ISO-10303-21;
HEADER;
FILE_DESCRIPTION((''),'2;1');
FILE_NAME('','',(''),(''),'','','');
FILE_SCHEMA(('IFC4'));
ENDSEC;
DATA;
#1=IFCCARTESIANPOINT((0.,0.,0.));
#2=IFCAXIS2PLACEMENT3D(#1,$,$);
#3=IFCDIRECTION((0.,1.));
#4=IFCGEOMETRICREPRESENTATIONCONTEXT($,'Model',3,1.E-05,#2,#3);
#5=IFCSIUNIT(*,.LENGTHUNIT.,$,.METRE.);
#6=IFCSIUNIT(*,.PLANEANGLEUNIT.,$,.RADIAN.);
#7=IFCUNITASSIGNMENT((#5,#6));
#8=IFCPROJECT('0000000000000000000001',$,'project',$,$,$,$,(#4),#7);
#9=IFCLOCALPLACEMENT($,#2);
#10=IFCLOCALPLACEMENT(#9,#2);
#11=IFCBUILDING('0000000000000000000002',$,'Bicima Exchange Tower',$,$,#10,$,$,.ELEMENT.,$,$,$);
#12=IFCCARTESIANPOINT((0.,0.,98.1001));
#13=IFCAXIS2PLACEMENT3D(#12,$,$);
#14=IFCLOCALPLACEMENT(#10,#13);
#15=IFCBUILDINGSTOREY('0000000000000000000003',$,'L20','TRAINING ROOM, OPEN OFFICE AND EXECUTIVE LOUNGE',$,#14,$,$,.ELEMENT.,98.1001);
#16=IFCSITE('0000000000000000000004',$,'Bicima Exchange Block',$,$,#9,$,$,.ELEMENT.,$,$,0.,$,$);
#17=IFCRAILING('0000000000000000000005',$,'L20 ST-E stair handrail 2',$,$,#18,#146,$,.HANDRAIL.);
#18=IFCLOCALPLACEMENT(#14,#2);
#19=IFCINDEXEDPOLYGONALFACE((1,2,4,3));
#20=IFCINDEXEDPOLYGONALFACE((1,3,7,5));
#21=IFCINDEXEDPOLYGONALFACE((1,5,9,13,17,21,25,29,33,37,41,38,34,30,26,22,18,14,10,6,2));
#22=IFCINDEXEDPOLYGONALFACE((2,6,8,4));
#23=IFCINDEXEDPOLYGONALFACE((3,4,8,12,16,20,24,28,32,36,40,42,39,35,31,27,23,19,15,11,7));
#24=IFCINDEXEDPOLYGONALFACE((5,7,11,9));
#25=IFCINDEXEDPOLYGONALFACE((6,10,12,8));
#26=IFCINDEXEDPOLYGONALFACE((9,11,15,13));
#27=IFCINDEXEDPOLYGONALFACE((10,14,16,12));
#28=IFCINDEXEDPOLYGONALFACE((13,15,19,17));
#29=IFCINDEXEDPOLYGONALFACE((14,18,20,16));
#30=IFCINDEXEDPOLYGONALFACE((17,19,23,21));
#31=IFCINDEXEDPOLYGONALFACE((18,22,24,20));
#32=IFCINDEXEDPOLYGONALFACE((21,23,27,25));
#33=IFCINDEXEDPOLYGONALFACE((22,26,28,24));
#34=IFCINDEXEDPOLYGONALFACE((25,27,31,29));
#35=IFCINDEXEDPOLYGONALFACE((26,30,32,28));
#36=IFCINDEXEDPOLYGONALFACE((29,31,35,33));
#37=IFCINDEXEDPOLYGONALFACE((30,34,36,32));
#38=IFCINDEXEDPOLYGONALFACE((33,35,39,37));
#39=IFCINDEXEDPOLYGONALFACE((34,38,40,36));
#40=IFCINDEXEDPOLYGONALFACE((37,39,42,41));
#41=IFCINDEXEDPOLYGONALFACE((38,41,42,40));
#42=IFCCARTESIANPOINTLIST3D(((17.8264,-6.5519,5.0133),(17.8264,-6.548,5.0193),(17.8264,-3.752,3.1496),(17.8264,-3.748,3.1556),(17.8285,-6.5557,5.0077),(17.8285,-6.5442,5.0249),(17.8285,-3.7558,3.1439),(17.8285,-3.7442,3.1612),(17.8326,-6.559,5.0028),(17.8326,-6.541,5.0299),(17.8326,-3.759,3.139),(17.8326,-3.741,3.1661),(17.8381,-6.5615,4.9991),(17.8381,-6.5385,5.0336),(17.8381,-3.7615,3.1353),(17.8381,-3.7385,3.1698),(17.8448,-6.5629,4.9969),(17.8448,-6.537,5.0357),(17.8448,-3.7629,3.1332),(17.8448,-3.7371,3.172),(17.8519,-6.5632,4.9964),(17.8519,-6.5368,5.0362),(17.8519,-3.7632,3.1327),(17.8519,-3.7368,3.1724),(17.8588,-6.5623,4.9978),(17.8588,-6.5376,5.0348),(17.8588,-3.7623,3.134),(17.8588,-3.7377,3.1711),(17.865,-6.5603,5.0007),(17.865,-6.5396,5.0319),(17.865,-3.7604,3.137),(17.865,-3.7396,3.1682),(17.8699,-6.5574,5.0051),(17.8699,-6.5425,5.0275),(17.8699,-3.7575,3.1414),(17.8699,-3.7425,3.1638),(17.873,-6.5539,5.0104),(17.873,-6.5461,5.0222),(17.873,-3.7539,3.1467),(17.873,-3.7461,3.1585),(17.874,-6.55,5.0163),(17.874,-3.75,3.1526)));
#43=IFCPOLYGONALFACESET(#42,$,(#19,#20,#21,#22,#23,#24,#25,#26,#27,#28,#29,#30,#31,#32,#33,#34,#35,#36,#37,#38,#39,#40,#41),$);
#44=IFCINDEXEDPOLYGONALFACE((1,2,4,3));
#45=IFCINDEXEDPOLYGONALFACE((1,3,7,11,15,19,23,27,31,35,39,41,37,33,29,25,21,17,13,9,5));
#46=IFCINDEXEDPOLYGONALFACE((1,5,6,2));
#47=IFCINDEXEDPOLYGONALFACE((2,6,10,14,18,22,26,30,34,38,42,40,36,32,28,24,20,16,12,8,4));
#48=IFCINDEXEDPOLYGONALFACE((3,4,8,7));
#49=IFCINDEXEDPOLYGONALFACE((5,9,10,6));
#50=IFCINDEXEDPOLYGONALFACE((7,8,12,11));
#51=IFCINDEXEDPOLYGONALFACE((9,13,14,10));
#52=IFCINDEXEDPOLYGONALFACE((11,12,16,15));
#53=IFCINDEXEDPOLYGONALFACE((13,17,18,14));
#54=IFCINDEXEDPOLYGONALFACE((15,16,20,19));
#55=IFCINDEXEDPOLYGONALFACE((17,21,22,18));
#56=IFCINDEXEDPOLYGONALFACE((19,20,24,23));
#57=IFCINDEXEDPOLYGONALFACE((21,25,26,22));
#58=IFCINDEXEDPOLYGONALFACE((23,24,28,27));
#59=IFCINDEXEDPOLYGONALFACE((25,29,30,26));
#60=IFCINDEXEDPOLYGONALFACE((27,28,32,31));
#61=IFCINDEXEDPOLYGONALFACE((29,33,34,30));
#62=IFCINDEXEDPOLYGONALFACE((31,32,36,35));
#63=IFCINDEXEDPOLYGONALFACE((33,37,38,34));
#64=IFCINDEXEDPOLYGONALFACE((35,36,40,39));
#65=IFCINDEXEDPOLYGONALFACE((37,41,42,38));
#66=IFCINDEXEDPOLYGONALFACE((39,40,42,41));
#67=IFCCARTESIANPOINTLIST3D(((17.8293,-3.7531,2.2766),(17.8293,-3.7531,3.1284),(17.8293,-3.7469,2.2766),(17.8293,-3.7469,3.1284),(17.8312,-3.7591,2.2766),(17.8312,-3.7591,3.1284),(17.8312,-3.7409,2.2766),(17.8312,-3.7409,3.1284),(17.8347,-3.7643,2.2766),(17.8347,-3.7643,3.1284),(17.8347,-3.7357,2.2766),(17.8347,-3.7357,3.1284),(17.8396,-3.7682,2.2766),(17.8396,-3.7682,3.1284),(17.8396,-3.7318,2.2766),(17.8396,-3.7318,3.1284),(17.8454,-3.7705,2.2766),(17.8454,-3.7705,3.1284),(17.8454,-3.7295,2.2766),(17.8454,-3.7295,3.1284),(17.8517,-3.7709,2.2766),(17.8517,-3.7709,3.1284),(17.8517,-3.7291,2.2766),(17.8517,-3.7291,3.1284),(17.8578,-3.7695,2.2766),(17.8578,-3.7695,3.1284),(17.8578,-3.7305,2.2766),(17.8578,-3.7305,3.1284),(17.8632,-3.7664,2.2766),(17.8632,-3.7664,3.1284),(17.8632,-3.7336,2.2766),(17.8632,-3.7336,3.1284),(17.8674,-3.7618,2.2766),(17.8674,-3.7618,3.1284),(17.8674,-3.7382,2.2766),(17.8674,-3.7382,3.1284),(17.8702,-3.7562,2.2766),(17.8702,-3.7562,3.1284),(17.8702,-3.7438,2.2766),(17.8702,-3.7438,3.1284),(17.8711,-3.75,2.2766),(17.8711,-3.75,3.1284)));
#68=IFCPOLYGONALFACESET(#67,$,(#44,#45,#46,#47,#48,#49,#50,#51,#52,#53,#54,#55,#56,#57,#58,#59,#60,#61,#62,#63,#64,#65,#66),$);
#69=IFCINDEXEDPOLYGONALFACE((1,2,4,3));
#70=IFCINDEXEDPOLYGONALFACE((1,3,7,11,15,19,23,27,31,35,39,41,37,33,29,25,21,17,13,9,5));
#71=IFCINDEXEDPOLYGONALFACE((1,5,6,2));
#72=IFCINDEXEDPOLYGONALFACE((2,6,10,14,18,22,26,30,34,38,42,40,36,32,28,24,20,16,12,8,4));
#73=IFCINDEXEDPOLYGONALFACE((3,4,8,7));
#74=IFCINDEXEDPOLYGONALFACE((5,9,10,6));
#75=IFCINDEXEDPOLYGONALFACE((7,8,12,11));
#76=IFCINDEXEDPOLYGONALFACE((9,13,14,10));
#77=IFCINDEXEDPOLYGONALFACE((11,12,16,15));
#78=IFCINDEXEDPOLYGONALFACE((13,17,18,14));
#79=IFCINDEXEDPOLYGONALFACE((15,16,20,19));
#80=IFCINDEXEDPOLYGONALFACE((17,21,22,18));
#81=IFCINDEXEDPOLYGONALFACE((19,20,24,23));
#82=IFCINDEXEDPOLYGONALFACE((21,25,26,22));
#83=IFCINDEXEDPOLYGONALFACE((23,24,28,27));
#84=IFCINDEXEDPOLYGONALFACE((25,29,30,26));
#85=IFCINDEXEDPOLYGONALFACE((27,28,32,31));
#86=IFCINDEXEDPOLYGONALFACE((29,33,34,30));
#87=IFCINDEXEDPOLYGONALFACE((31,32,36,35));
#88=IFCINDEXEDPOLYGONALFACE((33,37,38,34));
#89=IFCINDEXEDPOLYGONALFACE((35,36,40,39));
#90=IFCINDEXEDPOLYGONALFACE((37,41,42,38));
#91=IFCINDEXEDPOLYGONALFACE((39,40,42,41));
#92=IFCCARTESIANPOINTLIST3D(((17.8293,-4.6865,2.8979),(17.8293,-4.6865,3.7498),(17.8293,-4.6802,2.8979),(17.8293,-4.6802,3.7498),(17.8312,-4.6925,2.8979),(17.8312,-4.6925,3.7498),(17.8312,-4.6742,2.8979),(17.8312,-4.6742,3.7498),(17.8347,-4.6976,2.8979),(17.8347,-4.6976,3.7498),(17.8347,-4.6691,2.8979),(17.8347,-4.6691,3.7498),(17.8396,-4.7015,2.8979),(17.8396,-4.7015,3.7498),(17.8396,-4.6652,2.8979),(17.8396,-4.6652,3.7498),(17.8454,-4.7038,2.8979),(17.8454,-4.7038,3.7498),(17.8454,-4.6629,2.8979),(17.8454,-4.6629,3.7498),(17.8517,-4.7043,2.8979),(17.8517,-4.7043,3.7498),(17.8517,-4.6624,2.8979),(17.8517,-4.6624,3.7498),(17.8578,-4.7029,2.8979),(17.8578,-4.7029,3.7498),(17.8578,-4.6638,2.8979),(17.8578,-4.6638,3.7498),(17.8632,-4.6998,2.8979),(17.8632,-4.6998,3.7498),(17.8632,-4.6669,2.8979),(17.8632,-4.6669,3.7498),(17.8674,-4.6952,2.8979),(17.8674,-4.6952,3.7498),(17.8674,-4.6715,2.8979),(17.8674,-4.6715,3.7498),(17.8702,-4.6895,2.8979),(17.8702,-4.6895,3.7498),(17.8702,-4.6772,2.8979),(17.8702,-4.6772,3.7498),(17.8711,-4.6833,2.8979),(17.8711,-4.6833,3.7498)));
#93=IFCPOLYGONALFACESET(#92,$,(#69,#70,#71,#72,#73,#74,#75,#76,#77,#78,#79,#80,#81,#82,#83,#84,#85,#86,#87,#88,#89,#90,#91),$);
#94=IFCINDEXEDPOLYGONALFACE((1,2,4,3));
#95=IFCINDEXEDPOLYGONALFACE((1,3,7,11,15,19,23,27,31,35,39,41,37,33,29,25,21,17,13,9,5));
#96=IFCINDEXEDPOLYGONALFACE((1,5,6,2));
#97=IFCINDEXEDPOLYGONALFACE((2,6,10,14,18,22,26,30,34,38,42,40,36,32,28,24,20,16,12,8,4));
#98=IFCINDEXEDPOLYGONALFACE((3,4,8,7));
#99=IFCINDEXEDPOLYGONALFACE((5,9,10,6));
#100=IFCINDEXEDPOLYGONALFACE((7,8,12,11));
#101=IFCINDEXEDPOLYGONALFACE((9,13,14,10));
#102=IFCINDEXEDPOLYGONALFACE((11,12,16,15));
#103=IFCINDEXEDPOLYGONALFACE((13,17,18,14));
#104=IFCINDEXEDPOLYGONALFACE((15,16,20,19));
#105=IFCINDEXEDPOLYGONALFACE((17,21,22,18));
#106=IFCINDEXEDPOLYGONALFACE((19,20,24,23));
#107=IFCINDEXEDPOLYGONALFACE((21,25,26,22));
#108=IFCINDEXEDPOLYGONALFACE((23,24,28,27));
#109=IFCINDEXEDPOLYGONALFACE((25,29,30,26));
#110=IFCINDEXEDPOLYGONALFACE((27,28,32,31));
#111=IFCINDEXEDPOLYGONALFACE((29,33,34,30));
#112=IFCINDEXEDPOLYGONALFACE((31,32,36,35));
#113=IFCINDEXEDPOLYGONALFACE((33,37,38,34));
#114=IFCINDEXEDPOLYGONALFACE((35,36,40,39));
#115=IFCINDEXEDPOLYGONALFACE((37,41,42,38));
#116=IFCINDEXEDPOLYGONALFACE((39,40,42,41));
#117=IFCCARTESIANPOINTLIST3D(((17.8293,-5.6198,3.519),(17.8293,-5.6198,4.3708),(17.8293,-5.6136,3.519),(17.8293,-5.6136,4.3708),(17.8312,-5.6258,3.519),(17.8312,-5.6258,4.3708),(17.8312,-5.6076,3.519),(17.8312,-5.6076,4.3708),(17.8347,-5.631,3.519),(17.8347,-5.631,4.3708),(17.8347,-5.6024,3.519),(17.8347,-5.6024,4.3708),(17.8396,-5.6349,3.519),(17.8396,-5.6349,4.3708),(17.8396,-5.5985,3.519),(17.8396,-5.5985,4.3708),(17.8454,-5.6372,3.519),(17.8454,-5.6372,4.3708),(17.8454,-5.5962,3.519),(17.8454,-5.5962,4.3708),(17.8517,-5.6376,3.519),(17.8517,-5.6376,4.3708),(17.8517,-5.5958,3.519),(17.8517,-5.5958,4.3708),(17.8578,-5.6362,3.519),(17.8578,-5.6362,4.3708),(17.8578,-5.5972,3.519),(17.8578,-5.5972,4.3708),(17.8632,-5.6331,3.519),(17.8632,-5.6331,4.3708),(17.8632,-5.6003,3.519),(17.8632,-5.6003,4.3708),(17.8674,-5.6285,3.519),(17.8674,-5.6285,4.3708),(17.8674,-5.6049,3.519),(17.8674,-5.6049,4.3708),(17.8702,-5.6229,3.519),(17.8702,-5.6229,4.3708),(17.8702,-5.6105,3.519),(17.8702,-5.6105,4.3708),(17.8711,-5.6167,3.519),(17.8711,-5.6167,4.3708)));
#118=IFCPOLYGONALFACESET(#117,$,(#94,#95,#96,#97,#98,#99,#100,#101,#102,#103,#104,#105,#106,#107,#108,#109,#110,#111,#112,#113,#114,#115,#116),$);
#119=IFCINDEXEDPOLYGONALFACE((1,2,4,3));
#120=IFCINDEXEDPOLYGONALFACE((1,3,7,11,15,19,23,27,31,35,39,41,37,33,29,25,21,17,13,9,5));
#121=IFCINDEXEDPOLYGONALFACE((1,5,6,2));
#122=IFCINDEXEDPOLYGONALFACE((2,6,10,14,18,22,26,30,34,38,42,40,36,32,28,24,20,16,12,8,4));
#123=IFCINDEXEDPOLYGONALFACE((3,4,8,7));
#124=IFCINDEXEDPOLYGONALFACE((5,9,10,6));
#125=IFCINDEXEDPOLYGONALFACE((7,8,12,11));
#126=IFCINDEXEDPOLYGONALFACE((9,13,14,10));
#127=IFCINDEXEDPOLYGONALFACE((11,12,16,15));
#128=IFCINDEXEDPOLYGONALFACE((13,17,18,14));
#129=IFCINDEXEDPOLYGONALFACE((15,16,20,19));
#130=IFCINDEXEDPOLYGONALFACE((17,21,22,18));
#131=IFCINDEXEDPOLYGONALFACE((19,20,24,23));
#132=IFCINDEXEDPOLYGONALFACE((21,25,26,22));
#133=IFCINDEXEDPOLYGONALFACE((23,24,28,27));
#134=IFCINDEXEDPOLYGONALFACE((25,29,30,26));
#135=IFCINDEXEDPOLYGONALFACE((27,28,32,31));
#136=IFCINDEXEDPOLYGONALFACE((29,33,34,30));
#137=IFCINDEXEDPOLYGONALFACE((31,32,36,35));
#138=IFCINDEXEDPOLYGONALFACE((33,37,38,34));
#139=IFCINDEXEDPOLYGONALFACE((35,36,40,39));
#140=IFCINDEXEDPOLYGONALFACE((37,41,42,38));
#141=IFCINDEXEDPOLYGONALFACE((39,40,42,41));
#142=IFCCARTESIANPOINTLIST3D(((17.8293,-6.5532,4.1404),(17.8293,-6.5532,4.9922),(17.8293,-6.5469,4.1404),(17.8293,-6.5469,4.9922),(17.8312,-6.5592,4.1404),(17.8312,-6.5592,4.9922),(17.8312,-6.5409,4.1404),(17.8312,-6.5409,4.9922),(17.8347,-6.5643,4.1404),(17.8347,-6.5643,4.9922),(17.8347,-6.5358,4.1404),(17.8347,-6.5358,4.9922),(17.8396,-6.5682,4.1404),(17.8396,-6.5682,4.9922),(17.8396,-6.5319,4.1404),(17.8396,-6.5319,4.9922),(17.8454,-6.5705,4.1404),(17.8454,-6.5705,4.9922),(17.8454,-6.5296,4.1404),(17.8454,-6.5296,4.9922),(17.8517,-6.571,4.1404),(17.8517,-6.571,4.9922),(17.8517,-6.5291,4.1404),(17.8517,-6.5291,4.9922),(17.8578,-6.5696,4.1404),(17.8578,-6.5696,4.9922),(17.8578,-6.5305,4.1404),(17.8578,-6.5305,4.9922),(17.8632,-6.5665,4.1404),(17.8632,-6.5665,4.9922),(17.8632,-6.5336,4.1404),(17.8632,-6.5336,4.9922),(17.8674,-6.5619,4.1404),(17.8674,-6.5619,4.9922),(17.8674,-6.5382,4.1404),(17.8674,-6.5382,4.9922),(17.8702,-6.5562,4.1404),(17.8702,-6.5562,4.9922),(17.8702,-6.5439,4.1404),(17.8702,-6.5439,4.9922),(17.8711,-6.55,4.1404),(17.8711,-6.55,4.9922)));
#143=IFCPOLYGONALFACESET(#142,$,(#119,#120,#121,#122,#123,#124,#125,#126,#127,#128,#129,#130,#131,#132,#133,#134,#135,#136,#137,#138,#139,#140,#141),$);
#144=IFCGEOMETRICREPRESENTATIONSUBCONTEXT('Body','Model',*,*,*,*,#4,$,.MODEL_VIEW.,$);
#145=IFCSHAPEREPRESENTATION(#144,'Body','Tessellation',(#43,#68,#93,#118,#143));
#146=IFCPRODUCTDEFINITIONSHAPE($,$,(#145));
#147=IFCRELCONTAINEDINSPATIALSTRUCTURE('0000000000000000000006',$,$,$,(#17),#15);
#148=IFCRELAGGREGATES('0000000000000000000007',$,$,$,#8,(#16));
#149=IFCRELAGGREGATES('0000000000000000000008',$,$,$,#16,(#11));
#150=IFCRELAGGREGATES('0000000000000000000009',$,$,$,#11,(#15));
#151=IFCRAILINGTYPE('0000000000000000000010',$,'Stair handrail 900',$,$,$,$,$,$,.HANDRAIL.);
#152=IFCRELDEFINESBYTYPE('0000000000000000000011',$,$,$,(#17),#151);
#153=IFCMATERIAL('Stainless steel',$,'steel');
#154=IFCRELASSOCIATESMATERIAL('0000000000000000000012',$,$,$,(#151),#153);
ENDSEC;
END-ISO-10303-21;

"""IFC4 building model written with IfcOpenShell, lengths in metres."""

from ifc_helpers import new_model, si_unit, direction, frame, origin, origin_2d, place, context, subcontext, project, spatial, circle, extrude, material, type_object, element, save


model = new_model("IFC4")

# Units and contexts
model_context = context("Model", 3, precision=1e-05, world=origin(), true_north=direction((0.0, 1.0)))
body_context = subcontext(model_context, "Body", "Model", "MODEL_VIEW")
ifc_project = project(units=[si_unit("LENGTHUNIT", "METRE"), si_unit("PLANEANGLEUNIT", "RADIAN")], contexts=[model_context])

# Site, building, storey
site_placement = place(None, origin())
site = spatial("IfcSite", under=ifc_project, at=site_placement, Name="Bicima Exchange Block", CompositionType="ELEMENT", RefElevation=0.0)
building_placement = place(site_placement, origin())
building = spatial("IfcBuilding", under=site, at=building_placement, Name="Bicima Exchange Tower", CompositionType="ELEMENT")
storey_placement = place(building_placement, frame((0.0, 0.0, 98.1001)))
storey = spatial("IfcBuildingStorey", under=building, at=storey_placement, Name="L20", Description="TRAINING ROOM, OPEN OFFICE AND EXECUTIVE LOUNGE", CompositionType="ELEMENT", Elevation=98.1001)

# Railing
ifc_material_1 = material(Name="Stainless steel", Category="steel")
railing_type_1 = type_object("IfcRailingType", Name="Stair handrail 900", PredefinedType="HANDRAIL", material=ifc_material_1)
railing_1_placement = place(storey_placement, frame((17.8501, -3.75, 2.2766)))
element("IfcRailing", 1, at=railing_1_placement, inside=storey, type_object=railing_type_1, Name="L20 ST-E stair handrail 2", PredefinedType="HANDRAIL", context=body_context, shape_type="SweptSolid", body=[
    extrude(circle(Radius=0.0239, at=origin_2d()), frame((0.0, 0.0, 0.876), z_axis=(0.0, -0.832452, 0.554097), x_axis=(1.0, 0.0, 0.0)), (0.0, 0.0, 1.0), 3.3635),
    extrude(circle(Radius=0.021, at=origin_2d()), origin(), (0.0, 0.0, 1.0), 0.8518),
    extrude(circle(Radius=0.021, at=origin_2d()), frame((0.0, -0.9333, 0.6213)), (0.0, 0.0, 1.0), 0.8518),
    extrude(circle(Radius=0.021, at=origin_2d()), frame((0.0, -1.8667, 1.2424)), (0.0, 0.0, 1.0), 0.8518),
    extrude(circle(Radius=0.021, at=origin_2d()), frame((0.0, -2.8, 1.8638)), (0.0, 0.0, 1.0), 0.8518),
])

save(model, "model.ifc")
